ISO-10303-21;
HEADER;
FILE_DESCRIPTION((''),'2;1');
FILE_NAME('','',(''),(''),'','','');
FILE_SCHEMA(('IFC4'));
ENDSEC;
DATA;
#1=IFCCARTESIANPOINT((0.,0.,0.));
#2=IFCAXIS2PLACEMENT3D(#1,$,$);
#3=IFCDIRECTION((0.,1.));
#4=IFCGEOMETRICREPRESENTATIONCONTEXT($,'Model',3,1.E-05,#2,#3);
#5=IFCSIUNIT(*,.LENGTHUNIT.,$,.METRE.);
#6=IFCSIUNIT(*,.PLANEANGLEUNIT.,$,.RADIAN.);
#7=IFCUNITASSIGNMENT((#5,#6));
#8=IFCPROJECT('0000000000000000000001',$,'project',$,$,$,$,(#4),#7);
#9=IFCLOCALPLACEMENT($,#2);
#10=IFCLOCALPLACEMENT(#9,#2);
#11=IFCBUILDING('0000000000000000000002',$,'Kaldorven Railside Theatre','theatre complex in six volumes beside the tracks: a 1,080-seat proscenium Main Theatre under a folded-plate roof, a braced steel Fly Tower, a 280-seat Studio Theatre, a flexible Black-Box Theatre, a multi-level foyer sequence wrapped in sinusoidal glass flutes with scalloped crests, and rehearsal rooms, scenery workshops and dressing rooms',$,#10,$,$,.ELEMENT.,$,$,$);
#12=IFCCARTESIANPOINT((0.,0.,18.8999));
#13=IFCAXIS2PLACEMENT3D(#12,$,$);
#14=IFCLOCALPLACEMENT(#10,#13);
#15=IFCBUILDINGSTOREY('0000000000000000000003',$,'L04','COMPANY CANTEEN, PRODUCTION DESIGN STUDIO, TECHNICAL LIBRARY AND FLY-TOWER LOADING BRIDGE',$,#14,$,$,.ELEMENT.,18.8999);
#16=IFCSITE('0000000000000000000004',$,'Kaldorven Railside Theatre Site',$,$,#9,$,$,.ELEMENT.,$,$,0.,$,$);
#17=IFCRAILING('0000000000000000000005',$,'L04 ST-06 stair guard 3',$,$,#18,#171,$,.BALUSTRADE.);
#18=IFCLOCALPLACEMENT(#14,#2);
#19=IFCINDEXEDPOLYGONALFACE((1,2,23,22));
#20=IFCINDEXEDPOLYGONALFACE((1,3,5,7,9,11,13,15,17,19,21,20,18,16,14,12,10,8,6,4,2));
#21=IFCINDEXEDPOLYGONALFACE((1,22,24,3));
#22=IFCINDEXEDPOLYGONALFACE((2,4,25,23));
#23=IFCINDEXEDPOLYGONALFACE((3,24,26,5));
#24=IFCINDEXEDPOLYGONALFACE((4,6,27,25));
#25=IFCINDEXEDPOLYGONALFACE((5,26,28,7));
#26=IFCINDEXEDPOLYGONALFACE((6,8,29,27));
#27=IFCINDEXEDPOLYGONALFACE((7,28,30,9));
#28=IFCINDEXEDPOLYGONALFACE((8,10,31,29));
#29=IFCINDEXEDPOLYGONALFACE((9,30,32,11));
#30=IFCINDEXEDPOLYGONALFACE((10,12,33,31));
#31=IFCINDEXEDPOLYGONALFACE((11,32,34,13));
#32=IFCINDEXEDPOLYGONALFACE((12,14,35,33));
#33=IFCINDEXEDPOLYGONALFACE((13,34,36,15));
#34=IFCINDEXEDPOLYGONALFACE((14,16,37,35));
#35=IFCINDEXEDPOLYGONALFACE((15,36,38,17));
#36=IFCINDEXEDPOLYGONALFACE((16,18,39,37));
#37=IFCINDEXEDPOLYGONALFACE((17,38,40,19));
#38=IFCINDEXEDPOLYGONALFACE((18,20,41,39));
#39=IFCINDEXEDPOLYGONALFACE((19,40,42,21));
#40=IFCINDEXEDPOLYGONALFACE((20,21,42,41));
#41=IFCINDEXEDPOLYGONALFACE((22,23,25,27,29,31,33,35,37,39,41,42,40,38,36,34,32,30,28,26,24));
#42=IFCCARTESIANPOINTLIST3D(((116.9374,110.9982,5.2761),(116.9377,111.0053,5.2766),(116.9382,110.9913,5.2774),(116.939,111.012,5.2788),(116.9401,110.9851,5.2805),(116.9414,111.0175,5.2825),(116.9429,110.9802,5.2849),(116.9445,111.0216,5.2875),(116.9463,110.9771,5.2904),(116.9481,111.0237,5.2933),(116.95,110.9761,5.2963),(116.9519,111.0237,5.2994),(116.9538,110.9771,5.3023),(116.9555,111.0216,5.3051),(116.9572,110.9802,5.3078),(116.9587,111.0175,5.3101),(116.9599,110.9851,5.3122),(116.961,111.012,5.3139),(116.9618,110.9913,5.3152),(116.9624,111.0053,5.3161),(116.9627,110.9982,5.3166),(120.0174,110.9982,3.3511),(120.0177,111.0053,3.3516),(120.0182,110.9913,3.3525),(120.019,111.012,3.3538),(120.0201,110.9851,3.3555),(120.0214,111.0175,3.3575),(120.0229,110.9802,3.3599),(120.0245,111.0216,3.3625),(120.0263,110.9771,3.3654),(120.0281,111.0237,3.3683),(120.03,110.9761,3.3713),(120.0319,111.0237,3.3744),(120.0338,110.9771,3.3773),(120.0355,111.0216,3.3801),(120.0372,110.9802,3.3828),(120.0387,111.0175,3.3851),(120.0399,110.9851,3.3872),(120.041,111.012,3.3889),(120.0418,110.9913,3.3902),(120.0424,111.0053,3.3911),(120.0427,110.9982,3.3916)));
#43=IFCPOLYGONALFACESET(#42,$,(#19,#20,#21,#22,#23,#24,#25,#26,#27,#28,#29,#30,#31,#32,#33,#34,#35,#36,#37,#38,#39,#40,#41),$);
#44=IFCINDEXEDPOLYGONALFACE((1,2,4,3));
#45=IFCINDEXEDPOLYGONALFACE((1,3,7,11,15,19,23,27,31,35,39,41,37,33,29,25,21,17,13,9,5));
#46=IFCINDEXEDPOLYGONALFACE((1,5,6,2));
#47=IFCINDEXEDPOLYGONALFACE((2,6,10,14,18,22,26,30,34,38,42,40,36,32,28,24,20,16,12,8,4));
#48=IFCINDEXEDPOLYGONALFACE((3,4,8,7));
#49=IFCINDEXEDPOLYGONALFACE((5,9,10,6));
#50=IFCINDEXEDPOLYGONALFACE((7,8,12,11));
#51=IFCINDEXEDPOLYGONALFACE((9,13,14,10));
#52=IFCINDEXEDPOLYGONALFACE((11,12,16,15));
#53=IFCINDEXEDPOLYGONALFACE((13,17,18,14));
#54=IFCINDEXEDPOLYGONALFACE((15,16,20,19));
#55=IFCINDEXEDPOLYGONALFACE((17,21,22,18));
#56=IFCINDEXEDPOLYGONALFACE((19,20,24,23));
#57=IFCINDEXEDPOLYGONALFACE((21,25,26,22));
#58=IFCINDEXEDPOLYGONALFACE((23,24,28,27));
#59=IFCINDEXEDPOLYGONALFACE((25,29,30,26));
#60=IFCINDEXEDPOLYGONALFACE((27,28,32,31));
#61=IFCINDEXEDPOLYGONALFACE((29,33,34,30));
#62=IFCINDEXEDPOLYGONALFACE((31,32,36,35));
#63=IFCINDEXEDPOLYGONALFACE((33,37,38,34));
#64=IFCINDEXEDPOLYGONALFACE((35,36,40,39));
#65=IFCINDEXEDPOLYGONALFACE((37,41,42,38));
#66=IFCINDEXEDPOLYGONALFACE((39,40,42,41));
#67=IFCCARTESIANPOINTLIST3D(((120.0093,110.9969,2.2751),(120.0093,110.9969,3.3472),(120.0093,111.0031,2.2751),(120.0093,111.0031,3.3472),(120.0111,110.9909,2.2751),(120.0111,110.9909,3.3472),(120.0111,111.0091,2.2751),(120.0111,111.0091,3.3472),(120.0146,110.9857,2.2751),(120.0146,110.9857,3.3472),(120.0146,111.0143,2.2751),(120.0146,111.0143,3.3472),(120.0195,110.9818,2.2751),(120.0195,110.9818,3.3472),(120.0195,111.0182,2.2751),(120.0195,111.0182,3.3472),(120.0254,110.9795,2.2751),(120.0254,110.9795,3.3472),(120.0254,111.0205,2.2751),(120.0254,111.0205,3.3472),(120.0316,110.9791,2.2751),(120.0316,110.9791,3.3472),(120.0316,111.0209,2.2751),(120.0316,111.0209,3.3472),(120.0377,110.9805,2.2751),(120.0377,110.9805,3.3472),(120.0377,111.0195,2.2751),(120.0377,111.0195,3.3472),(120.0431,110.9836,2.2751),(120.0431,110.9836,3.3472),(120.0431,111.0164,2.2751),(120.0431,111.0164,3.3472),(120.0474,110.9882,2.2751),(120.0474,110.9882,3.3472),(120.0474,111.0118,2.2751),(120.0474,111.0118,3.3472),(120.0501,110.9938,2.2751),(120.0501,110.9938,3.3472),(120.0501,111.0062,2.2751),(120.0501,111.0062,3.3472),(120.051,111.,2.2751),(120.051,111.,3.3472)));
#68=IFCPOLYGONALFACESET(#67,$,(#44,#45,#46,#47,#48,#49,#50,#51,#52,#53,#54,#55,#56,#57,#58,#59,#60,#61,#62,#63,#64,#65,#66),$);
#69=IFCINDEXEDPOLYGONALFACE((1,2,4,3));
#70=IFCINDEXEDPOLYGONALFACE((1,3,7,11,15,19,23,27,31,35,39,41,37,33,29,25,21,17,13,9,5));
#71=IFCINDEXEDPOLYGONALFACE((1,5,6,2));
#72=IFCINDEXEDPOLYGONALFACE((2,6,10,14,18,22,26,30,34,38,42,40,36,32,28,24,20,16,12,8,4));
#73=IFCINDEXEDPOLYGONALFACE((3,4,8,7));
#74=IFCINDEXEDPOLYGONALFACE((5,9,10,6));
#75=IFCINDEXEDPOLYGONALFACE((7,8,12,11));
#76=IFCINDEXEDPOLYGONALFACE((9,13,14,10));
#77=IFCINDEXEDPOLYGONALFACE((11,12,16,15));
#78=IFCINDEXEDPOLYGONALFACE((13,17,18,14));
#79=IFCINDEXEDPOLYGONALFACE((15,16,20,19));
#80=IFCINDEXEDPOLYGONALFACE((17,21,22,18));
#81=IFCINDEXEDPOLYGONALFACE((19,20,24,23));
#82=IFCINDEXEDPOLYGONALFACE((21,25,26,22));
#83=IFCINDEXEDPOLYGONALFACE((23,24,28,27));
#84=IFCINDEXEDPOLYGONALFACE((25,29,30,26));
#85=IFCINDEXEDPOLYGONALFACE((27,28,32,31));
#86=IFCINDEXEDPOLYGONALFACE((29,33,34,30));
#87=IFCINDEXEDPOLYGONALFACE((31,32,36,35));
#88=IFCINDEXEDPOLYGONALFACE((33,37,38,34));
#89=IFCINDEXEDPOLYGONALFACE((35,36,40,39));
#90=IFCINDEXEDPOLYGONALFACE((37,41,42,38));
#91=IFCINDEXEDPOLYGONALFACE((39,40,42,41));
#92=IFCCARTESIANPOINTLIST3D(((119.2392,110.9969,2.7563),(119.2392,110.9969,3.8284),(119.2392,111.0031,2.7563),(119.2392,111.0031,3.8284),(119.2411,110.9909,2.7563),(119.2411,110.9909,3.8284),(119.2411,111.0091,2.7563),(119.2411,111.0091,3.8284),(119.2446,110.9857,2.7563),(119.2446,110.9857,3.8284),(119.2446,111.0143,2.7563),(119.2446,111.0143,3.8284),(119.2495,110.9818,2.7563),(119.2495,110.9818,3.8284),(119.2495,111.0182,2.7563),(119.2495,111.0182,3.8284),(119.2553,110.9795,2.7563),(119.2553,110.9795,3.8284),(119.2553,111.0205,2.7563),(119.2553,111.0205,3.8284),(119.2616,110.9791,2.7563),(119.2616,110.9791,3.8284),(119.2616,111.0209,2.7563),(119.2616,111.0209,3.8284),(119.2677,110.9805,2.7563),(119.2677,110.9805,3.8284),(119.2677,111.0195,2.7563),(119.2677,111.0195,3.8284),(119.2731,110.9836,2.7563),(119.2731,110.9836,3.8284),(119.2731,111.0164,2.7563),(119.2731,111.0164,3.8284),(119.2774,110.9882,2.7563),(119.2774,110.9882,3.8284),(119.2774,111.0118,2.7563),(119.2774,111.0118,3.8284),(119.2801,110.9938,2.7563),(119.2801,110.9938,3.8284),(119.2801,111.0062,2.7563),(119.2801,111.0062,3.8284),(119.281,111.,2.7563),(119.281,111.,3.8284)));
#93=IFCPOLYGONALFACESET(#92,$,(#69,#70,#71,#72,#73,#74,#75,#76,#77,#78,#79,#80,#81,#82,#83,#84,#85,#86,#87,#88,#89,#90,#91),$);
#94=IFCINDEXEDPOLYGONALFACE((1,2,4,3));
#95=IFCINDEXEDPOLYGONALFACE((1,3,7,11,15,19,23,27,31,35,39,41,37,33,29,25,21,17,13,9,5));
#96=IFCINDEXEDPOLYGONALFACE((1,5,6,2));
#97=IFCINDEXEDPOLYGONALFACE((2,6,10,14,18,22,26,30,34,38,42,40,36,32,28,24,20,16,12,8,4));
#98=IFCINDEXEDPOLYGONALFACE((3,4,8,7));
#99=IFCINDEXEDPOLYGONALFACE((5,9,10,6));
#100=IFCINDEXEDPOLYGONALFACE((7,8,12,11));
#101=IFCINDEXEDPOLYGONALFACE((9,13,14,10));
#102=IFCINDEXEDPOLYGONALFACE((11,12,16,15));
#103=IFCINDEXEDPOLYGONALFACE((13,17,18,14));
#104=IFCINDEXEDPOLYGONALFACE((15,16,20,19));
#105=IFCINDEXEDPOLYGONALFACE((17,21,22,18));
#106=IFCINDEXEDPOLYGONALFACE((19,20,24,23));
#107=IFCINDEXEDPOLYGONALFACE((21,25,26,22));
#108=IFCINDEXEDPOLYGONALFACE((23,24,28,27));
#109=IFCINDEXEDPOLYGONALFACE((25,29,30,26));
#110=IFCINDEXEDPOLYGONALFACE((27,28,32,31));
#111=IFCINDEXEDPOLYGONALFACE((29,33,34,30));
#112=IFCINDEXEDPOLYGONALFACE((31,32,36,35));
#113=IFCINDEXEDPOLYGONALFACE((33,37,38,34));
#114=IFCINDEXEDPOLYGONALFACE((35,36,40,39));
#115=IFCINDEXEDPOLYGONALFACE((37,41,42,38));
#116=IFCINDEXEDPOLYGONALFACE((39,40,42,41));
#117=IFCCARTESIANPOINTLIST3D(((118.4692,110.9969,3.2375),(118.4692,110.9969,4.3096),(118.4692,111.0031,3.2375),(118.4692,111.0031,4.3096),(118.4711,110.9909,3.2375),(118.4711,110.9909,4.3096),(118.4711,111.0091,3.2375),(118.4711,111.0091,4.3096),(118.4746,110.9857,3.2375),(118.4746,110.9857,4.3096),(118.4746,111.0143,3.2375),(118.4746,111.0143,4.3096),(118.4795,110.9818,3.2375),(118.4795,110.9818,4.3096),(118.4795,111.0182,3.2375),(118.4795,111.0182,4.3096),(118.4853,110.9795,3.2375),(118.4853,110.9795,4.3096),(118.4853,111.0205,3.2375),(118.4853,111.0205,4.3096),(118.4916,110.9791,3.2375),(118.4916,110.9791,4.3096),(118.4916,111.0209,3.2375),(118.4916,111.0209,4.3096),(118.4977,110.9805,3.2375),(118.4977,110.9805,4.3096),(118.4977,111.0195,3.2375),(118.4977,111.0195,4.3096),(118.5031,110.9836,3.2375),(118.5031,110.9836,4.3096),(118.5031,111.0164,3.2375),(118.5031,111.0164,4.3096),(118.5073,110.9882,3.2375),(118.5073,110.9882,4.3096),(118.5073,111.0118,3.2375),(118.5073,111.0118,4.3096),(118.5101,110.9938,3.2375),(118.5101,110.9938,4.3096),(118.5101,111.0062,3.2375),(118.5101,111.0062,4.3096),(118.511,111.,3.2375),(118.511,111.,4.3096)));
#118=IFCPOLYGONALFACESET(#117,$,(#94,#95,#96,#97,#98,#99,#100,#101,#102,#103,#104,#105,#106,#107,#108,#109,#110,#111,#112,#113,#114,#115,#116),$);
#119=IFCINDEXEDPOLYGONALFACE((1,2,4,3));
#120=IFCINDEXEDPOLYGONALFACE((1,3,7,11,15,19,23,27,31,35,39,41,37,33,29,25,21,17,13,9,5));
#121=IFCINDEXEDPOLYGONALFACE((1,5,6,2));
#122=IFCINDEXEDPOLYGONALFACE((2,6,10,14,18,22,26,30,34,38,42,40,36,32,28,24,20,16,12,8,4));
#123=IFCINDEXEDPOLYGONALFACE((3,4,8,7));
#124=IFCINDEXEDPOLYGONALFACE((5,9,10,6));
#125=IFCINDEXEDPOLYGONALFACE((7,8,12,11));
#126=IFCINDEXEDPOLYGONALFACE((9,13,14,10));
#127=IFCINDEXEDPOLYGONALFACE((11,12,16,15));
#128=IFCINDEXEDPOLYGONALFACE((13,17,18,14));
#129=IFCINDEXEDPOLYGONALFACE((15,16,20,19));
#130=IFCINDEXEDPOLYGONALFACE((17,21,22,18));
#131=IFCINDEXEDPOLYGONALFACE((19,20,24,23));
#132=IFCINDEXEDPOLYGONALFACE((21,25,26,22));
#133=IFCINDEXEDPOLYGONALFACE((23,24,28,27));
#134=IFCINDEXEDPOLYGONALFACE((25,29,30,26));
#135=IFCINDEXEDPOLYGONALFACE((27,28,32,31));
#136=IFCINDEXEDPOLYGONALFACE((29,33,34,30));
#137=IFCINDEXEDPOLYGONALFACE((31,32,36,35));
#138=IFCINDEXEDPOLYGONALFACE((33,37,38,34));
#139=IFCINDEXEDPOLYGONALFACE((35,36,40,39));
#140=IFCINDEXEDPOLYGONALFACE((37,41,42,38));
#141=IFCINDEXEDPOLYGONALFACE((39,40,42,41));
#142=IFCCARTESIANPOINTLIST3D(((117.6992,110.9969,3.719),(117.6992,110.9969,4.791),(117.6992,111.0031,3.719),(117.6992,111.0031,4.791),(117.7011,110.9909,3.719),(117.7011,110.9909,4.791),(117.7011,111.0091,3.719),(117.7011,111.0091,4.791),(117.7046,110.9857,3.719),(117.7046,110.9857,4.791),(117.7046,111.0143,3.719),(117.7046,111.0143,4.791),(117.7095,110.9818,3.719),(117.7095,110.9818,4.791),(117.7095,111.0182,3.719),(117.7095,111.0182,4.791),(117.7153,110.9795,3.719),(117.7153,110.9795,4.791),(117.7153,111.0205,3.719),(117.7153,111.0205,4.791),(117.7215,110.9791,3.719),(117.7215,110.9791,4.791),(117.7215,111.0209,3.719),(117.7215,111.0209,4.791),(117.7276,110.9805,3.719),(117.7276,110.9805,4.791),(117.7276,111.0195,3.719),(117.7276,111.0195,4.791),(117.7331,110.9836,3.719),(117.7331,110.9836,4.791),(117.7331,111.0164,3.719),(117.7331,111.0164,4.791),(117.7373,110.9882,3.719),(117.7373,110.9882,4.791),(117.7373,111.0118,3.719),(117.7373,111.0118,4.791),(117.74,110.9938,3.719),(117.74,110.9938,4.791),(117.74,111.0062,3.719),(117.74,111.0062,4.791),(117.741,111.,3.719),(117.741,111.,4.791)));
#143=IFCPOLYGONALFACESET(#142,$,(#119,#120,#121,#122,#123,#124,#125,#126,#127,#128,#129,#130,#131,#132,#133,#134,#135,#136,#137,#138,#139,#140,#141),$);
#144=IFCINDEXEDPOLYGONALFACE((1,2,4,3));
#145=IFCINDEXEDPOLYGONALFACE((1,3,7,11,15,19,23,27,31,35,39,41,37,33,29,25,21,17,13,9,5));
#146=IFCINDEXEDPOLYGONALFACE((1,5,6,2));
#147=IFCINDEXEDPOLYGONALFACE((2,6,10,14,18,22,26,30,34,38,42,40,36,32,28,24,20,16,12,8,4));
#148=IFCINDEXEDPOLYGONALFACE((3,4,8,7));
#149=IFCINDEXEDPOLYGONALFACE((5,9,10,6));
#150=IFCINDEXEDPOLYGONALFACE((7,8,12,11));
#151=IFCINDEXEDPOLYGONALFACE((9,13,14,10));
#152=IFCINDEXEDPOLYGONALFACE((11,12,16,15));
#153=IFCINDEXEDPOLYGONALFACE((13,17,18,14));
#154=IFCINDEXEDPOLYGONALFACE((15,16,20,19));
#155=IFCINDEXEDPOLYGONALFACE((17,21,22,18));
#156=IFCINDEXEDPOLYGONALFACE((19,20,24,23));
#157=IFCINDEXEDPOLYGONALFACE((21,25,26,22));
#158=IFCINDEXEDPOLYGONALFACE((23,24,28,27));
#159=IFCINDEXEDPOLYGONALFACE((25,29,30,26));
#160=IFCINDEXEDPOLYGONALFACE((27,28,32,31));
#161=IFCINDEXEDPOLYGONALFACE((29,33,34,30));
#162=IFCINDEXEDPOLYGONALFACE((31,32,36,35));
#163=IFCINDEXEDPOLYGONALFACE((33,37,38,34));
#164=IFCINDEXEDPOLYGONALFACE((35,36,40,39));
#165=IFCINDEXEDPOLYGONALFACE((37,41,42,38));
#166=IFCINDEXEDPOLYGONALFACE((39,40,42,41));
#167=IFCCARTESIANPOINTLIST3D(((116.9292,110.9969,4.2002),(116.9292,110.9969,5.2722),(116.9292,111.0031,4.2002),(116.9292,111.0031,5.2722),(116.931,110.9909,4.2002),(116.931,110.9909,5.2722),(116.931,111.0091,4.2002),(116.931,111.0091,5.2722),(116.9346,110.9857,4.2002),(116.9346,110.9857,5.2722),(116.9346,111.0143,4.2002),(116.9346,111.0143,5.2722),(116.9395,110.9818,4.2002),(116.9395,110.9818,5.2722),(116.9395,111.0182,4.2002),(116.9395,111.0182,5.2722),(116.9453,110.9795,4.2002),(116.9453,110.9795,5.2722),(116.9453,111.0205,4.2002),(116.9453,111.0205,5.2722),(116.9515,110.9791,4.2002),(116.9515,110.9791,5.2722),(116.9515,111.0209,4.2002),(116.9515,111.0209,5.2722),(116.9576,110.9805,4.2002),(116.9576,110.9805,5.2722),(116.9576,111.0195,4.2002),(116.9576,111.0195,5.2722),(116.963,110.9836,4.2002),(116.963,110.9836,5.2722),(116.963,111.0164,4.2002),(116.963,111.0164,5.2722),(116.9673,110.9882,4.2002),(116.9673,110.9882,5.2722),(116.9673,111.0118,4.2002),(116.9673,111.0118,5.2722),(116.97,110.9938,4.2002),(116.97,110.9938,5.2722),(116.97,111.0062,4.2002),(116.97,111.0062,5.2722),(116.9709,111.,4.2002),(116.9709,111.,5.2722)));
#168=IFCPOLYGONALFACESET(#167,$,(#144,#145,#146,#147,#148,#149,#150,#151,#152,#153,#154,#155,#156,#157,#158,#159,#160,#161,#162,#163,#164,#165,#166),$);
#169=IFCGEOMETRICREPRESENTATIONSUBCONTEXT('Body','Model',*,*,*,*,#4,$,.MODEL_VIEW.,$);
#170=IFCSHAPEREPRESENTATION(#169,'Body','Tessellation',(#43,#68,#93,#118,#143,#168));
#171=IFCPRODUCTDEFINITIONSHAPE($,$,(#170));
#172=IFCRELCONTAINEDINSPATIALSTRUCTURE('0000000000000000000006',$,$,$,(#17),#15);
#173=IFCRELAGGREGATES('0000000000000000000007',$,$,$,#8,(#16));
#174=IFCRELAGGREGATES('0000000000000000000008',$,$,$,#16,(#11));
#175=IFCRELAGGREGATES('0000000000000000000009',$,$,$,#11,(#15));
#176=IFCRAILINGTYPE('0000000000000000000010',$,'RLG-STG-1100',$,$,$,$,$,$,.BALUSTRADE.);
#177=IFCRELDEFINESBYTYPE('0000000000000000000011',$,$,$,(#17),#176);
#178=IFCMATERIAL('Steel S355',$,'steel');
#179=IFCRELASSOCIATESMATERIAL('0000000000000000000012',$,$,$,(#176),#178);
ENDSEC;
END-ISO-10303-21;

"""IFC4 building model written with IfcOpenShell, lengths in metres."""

from ifc_helpers import new_model, si_unit, direction, frame, origin, origin_2d, place, context, subcontext, project, spatial, circle, extrude, material, type_object, element, save


model = new_model("IFC4")

# Units and contexts
model_context = context("Model", 3, precision=1e-05, world=origin(), true_north=direction((0.0, 1.0)))
body_context = subcontext(model_context, "Body", "Model", "MODEL_VIEW")
ifc_project = project(units=[si_unit("LENGTHUNIT", "METRE"), si_unit("PLANEANGLEUNIT", "RADIAN")], contexts=[model_context])

# Site, building, storey
site_placement = place(None, origin())
site = spatial("IfcSite", under=ifc_project, at=site_placement, Name="Kaldorven Railside Theatre Site", CompositionType="ELEMENT", RefElevation=0.0)
building_placement = place(site_placement, origin())
building = spatial("IfcBuilding", under=site, at=building_placement, Name="Kaldorven Railside Theatre", Description="theatre complex in six volumes beside the tracks: a 1,080-seat proscenium Main Theatre under a folded-plate roof, a braced steel Fly Tower, a 280-seat Studio Theatre, a flexible Black-Box Theatre, a multi-level foyer sequence wrapped in sinusoidal glass flutes with scalloped crests, and rehearsal rooms, scenery workshops and dressing rooms", CompositionType="ELEMENT")
storey_placement = place(building_placement, frame((0.0, 0.0, 18.8999)))
storey = spatial("IfcBuildingStorey", under=building, at=storey_placement, Name="L04", Description="COMPANY CANTEEN, PRODUCTION DESIGN STUDIO, TECHNICAL LIBRARY AND FLY-TOWER LOADING BRIDGE", CompositionType="ELEMENT", Elevation=18.8999)

# Shared definitions
ifc_material_1 = material(Name="Steel S355", Category="steel")

# Railing
railing_type_1 = type_object("IfcRailingType", Name="RLG-STG-1100", PredefinedType="BALUSTRADE", material=ifc_material_1)
railing_1_placement = place(storey_placement, frame((120.03, 111.0, 2.2751)))
element("IfcRailing", 1, at=railing_1_placement, inside=storey, type_object=railing_type_1, Name="L04 ST-06 stair guard 3", PredefinedType="BALUSTRADE", context=body_context, shape_type="SweptSolid", body=[
    extrude(circle(Radius=0.0239, at=origin_2d()), frame((0.0, 0.0, 1.0962), z_axis=(-0.847998, 0.0, 0.529999), x_axis=(0.0, -1.0, 0.0)), (0.0, 0.0, 1.0), 3.6321),
    extrude(circle(Radius=0.021, at=origin_2d()), origin(), (0.0, 0.0, 1.0), 1.072),
    extrude(circle(Radius=0.021, at=origin_2d()), frame((-0.77, 0.0, 0.4812)), (0.0, 0.0, 1.0), 1.072),
    extrude(circle(Radius=0.021, at=origin_2d()), frame((-1.54, 0.0, 0.9624)), (0.0, 0.0, 1.0), 1.072),
    extrude(circle(Radius=0.021, at=origin_2d()), frame((-2.3101, 0.0, 1.4438)), (0.0, 0.0, 1.0), 1.072),
    extrude(circle(Radius=0.021, at=origin_2d()), frame((-3.0801, 0.0, 1.925)), (0.0, 0.0, 1.0), 1.072),
])

save(model, "model.ifc")
